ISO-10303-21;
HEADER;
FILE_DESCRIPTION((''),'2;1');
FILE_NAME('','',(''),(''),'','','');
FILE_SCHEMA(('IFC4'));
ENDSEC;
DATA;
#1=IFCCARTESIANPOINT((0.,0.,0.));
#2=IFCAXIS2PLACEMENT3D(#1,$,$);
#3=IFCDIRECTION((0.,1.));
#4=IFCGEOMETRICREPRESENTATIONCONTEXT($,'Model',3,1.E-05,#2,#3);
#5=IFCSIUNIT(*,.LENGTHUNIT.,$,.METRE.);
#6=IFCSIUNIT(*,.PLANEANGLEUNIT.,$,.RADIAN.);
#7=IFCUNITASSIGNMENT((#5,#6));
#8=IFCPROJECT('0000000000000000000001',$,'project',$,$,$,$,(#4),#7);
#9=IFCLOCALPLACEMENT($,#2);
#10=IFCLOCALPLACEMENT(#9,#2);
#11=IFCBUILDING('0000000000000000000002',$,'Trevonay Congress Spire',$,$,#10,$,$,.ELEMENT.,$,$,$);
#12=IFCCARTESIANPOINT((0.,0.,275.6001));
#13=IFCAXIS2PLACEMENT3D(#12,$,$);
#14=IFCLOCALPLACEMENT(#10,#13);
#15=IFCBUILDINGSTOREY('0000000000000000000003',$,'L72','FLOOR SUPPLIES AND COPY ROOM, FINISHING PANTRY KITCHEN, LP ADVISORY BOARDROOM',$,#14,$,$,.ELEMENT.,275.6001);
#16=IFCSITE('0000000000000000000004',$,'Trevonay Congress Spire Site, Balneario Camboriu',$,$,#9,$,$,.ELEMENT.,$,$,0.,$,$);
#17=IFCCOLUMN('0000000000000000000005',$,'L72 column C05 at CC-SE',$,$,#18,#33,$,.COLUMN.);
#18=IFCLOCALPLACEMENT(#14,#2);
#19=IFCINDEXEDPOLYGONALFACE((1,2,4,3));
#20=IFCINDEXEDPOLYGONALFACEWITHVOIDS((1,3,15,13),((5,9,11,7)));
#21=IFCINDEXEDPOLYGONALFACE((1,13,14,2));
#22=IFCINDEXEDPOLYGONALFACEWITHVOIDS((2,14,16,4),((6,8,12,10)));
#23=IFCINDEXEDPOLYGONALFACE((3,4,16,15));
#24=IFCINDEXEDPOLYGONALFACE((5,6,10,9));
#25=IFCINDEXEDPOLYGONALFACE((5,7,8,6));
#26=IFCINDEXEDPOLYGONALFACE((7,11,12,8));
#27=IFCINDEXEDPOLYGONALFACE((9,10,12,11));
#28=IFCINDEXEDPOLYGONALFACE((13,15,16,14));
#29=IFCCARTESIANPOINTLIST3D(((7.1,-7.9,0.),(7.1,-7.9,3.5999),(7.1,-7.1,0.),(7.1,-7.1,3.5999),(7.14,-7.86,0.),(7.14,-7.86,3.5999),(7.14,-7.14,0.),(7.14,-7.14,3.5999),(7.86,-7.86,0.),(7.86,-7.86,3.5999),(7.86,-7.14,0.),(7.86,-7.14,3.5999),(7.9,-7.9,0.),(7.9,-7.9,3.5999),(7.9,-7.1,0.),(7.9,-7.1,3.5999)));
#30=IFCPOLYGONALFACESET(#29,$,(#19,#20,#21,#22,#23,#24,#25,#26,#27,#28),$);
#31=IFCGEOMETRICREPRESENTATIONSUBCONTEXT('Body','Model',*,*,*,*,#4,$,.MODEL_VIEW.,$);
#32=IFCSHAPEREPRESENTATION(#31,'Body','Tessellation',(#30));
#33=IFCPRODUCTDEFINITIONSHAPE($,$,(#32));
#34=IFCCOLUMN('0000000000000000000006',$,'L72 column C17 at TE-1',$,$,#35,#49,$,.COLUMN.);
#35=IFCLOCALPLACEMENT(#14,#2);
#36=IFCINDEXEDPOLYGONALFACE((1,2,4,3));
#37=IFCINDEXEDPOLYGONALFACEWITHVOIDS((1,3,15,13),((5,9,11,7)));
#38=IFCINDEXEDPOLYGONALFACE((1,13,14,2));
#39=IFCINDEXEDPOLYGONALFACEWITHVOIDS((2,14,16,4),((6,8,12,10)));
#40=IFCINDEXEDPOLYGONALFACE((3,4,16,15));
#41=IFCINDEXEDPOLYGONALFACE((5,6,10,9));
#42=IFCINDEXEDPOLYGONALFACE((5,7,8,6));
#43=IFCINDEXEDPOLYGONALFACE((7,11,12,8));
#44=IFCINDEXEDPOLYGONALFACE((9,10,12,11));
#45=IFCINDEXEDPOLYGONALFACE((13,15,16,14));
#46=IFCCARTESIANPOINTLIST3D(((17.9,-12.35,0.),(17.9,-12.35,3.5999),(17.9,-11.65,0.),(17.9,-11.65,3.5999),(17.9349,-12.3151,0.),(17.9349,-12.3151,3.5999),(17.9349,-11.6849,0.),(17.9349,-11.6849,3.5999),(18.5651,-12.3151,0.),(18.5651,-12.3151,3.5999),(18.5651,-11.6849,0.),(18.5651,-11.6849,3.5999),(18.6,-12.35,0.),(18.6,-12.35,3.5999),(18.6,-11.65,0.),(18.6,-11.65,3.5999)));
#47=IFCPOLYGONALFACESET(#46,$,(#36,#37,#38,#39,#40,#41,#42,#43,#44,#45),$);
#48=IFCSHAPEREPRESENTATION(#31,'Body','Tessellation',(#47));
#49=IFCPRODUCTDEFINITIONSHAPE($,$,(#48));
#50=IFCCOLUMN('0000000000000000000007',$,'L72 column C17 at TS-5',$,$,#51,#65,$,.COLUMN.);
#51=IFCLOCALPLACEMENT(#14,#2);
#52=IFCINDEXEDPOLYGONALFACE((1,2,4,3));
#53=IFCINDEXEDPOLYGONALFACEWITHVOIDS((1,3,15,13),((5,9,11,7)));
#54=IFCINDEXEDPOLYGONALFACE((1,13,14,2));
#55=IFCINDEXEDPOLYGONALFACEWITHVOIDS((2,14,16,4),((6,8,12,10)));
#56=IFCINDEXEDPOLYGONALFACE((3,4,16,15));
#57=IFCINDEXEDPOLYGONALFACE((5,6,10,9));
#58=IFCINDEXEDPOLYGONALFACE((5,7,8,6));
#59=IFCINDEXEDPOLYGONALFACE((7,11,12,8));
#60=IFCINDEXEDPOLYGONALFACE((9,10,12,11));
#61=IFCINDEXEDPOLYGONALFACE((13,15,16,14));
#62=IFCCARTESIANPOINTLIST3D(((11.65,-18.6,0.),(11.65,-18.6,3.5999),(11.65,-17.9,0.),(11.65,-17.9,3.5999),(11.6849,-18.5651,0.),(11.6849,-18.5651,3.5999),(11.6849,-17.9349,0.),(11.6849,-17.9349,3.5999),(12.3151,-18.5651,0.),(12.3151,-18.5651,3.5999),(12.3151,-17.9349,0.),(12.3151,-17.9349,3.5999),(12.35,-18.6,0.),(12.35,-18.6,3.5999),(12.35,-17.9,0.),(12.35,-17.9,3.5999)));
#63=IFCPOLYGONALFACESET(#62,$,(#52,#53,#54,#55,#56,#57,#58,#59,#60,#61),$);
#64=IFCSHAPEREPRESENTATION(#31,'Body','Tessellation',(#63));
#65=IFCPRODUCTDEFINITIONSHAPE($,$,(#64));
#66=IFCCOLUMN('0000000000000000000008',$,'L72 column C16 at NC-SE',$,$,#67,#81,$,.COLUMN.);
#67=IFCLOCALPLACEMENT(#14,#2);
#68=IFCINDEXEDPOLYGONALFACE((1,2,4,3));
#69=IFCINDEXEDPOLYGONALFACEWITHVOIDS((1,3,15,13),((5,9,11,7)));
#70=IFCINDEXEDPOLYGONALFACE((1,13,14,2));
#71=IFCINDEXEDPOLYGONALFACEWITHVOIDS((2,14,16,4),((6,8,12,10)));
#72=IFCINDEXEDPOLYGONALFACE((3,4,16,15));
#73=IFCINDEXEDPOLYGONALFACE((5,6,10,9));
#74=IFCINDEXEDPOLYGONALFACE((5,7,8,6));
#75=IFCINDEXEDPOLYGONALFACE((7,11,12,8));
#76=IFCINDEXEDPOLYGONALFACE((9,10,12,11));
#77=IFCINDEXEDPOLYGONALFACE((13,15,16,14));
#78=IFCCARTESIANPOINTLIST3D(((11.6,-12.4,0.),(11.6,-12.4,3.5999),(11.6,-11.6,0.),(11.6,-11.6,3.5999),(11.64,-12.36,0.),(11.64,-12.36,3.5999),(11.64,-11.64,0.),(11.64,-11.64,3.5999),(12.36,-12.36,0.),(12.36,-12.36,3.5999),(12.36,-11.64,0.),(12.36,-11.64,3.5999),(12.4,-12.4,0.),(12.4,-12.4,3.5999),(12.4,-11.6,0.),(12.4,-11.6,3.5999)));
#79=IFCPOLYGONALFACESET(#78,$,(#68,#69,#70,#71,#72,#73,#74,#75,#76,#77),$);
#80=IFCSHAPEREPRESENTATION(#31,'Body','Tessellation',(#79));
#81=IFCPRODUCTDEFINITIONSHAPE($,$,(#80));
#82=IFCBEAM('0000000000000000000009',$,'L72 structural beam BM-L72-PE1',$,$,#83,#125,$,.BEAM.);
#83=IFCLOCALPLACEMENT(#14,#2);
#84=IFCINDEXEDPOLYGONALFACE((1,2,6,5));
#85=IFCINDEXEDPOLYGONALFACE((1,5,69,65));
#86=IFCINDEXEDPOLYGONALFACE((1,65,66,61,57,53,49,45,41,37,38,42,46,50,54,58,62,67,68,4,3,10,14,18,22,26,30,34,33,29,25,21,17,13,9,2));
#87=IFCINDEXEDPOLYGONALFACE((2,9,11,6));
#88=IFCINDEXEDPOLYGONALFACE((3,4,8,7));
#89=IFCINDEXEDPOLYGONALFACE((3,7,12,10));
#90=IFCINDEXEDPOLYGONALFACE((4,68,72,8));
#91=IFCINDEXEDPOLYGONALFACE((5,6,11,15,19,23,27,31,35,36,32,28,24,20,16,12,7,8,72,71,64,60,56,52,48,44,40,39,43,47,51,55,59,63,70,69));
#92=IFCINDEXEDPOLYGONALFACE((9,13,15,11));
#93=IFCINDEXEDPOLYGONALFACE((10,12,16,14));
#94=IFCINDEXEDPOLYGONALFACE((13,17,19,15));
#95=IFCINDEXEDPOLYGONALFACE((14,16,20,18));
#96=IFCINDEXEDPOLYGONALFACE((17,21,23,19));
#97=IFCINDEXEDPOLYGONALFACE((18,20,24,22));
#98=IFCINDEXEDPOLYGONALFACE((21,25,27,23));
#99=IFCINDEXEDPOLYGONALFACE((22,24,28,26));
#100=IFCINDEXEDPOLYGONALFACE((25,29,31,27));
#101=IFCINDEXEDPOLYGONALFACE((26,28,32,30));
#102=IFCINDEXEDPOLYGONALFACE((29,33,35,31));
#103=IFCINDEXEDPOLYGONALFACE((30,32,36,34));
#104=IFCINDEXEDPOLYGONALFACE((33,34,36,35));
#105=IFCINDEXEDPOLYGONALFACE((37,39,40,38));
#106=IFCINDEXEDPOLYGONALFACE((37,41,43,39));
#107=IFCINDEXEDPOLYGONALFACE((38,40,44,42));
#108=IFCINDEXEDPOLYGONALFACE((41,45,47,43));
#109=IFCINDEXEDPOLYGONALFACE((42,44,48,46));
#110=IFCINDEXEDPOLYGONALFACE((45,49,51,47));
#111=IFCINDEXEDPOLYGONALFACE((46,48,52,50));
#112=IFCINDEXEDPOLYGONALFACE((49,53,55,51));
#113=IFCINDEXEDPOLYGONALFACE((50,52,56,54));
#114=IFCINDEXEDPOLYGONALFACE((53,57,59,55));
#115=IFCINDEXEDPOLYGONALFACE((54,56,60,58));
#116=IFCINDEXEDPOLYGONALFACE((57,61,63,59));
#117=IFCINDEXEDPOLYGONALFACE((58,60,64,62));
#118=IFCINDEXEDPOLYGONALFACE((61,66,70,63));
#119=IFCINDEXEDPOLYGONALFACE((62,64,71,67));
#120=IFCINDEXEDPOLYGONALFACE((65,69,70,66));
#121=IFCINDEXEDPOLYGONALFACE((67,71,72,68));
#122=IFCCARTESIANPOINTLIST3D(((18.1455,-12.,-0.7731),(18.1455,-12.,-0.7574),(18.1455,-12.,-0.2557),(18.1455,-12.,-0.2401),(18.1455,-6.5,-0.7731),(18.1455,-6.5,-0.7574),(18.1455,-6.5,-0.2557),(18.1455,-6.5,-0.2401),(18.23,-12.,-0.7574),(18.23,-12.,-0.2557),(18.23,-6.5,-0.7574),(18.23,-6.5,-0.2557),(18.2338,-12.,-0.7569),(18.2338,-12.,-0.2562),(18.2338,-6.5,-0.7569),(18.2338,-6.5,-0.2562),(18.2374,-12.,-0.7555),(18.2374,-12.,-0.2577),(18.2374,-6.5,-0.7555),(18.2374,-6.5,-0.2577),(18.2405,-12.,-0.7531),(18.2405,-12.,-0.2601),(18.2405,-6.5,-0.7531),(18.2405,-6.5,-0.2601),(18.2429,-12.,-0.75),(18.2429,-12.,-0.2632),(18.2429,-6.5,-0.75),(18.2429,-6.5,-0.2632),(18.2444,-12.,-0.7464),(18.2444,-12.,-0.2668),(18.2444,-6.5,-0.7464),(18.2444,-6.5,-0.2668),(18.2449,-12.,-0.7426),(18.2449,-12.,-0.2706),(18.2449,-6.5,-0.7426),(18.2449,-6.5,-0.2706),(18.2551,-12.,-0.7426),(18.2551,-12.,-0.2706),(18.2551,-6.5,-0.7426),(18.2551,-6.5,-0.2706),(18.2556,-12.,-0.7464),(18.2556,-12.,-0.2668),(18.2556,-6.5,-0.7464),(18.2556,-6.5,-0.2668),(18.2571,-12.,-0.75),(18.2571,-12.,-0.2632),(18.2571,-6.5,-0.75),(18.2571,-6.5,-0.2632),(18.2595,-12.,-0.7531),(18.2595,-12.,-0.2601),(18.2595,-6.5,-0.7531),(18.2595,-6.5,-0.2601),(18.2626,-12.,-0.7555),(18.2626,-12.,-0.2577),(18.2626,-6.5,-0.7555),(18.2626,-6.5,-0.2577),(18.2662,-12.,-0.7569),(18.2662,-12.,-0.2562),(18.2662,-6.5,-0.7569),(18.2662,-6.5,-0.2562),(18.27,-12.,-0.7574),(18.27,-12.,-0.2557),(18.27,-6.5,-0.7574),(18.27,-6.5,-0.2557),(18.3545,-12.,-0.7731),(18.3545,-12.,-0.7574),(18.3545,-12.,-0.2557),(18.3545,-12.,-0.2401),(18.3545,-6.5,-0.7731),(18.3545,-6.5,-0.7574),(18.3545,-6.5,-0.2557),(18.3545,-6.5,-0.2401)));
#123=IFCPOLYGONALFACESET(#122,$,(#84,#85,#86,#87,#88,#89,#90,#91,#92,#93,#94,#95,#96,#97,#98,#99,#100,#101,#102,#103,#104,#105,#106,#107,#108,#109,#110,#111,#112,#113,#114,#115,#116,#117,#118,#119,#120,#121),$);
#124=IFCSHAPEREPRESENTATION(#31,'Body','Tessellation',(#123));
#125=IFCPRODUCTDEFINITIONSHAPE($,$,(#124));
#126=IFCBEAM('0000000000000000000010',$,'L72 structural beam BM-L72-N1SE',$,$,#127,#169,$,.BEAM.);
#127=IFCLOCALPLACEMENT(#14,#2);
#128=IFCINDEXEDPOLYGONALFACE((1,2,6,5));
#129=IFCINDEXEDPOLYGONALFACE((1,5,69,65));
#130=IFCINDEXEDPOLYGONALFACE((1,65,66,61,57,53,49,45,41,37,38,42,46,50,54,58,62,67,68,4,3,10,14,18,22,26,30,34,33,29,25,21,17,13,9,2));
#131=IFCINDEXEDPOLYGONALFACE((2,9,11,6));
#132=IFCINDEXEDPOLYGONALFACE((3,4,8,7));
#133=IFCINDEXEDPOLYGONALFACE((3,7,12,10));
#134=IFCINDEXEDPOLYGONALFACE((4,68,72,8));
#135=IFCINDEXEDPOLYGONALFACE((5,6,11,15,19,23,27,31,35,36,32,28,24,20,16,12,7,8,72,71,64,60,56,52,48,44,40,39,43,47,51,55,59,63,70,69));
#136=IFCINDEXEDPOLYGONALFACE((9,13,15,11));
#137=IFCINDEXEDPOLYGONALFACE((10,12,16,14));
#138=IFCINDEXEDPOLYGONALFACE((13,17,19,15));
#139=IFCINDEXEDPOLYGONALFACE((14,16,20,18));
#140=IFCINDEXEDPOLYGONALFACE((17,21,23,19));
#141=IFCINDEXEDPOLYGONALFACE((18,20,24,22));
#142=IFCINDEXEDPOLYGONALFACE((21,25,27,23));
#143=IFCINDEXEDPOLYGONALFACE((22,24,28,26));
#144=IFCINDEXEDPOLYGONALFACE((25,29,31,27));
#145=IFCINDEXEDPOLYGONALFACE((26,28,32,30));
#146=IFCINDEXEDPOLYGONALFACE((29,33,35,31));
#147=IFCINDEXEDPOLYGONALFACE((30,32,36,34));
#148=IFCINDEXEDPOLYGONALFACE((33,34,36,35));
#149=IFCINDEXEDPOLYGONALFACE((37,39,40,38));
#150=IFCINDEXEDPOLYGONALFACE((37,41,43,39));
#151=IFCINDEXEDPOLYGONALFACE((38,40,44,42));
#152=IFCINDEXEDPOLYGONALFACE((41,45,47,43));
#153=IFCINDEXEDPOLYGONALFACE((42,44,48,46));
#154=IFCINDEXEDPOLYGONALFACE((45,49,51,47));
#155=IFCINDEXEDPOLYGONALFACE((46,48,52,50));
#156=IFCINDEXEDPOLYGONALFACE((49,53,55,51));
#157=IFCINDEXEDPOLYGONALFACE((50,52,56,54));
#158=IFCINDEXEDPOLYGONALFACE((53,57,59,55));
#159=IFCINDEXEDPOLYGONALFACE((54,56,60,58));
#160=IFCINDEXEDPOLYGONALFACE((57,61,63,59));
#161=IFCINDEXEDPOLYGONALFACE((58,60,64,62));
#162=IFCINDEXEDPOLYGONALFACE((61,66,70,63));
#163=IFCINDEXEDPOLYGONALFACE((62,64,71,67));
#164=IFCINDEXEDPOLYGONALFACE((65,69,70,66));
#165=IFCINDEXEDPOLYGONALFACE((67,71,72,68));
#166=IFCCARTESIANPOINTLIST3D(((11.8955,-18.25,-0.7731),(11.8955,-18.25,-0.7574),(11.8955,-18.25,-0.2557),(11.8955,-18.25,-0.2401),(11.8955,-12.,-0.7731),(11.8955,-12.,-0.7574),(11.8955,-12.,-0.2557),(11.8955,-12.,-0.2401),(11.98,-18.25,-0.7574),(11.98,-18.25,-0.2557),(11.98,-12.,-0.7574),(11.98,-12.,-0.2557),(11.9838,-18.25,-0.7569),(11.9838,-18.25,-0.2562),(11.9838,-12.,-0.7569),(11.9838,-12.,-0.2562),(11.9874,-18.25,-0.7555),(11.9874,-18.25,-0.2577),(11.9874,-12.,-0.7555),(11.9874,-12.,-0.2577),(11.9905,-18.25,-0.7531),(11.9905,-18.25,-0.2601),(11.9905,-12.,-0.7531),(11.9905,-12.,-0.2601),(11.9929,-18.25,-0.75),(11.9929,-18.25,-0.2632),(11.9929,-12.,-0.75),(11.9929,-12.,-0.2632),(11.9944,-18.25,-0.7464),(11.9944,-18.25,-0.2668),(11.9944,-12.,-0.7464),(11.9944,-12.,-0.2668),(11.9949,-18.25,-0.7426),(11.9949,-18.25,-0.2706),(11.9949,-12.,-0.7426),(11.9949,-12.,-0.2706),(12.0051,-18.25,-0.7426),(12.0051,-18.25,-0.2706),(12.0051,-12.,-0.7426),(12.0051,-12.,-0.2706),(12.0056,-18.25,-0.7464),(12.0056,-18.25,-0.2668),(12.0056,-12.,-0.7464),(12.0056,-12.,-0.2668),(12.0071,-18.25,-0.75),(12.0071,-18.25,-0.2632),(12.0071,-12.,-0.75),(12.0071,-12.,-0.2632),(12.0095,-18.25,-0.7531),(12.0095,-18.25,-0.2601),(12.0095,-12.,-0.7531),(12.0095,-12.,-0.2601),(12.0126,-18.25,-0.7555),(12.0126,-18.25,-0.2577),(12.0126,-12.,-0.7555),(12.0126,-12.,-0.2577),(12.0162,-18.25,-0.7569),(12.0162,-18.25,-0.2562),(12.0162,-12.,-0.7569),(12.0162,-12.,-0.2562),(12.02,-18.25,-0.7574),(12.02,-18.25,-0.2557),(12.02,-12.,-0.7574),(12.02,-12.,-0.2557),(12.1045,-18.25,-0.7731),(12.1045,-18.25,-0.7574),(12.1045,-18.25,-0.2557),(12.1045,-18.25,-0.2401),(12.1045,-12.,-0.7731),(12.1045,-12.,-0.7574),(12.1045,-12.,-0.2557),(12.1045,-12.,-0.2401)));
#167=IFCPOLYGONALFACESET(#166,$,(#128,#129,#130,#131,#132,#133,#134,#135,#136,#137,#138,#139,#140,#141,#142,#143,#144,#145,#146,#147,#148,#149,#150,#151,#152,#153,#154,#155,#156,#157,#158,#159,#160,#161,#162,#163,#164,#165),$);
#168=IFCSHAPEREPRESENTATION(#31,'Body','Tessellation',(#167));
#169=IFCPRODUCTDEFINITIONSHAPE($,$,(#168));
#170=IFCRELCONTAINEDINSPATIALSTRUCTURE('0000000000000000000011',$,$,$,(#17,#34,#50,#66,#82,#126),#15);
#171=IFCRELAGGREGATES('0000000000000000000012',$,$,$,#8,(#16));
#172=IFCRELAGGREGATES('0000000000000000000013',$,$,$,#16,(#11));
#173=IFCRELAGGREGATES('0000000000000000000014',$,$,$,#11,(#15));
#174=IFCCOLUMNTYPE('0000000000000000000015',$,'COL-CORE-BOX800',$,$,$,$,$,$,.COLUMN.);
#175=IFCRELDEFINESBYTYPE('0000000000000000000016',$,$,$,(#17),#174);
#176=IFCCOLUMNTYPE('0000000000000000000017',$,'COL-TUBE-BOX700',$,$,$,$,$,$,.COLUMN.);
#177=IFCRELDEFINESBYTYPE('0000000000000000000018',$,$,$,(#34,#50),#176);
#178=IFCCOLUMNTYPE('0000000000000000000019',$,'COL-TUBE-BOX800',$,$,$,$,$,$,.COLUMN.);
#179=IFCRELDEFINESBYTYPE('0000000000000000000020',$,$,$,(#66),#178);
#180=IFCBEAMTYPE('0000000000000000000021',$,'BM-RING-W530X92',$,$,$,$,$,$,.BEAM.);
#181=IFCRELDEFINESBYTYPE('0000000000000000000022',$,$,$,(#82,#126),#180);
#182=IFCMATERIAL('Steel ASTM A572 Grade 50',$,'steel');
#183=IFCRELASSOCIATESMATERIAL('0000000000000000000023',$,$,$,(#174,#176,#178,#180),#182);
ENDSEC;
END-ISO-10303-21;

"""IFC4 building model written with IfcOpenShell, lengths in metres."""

from ifc_helpers import new_model, si_unit, direction, frame, origin, origin_2d, place, context, subcontext, project, spatial, hollow_rectangle, i_section, extrude, material, material_profile, profile_set, type_object, element, save


model = new_model("IFC4")

# Units and contexts
model_context = context("Model", 3, precision=1e-05, world=origin(), true_north=direction((0.0, 1.0)))
body_context = subcontext(model_context, "Body", "Model", "MODEL_VIEW")
ifc_project = project(units=[si_unit("LENGTHUNIT", "METRE"), si_unit("PLANEANGLEUNIT", "RADIAN")], contexts=[model_context])

# Site, building, storey
site_placement = place(None, origin())
site = spatial("IfcSite", under=ifc_project, at=site_placement, Name="Trevonay Congress Spire Site, Balneario Camboriu", CompositionType="ELEMENT", RefElevation=0.0)
building_placement = place(site_placement, origin())
building = spatial("IfcBuilding", under=site, at=building_placement, Name="Trevonay Congress Spire", CompositionType="ELEMENT")
storey_placement = place(building_placement, frame((0.0, 0.0, 275.6001)))
storey = spatial("IfcBuildingStorey", under=building, at=storey_placement, Name="L72", Description="FLOOR SUPPLIES AND COPY ROOM, FINISHING PANTRY KITCHEN, LP ADVISORY BOARDROOM", CompositionType="ELEMENT", Elevation=275.6001)

# Columns
ifc_material_1 = material(Name="Steel ASTM A572 Grade 50", Category="steel")
ifc_material_profile_1 = material_profile(ifc_material_1, hollow_rectangle(XDim=0.8, YDim=0.8, WallThickness=0.04, at=origin_2d()), Name="BOX 800x800x40")
ifc_profile_set_1 = profile_set([ifc_material_profile_1], Name="Steel ASTM A572 Grade 50")
column_type_1 = type_object("IfcColumnType", Name="COL-CORE-BOX800", PredefinedType="COLUMN", material=ifc_profile_set_1)
column_1_placement = place(storey_placement, frame((7.5, -7.5, 0.0), z_axis=(0.0, 0.0, 1.0), x_axis=(1.0, 0.0, 0.0)))
element("IfcColumn", 1, at=column_1_placement, inside=storey, type_object=column_type_1, Name="L72 column C05 at CC-SE", PredefinedType="COLUMN", context=body_context, shape_type="SweptSolid", body=[
    extrude(hollow_rectangle(XDim=0.8, YDim=0.8, WallThickness=0.04, at=origin_2d()), origin(), (0.0, 0.0, 1.0), 3.5999),
])
ifc_material_profile_2 = material_profile(ifc_material_1, hollow_rectangle(XDim=0.7, YDim=0.7, WallThickness=0.0349, at=origin_2d()), Name="BOX 700x700x35")
ifc_profile_set_2 = profile_set([ifc_material_profile_2], Name="Steel ASTM A572 Grade 50")
column_type_2 = type_object("IfcColumnType", Name="COL-TUBE-BOX700", PredefinedType="COLUMN", material=ifc_profile_set_2)
for number, where, z_axis, x_axis, name in (
    (2, (18.25, -12.0, 0.0), (0.0, 0.0, 1.0), (1.0, 0.0, 0.0), "L72 column C17 at TE-1"),
    (3, (12.0, -18.25, 0.0), (0.0, 0.0, 1.0), (1.0, 0.0, 0.0), "L72 column C17 at TS-5"),
):
    element("IfcColumn", number, at=place(storey_placement, frame(where, z_axis=z_axis, x_axis=x_axis)), inside=storey, type_object=column_type_2, Name=name, PredefinedType="COLUMN", context=body_context, shape_type="SweptSolid", body=[
        extrude(hollow_rectangle(XDim=0.7, YDim=0.7, WallThickness=0.0349, at=origin_2d()), origin(), (0.0, 0.0, 1.0), 3.5999),
    ])
ifc_material_profile_3 = material_profile(ifc_material_1, hollow_rectangle(XDim=0.8, YDim=0.8, WallThickness=0.04, at=origin_2d()), Name="BOX 800x800x40")
ifc_profile_set_3 = profile_set([ifc_material_profile_3], Name="Steel ASTM A572 Grade 50")
column_type_3 = type_object("IfcColumnType", Name="COL-TUBE-BOX800", PredefinedType="COLUMN", material=ifc_profile_set_3)
column_2_placement = place(storey_placement, frame((12.0, -12.0, 0.0), z_axis=(0.0, 0.0, 1.0), x_axis=(1.0, 0.0, 0.0)))
element("IfcColumn", 4, at=column_2_placement, inside=storey, type_object=column_type_3, Name="L72 column C16 at NC-SE", PredefinedType="COLUMN", context=body_context, shape_type="SweptSolid", body=[
    extrude(hollow_rectangle(XDim=0.8, YDim=0.8, WallThickness=0.04, at=origin_2d()), origin(), (0.0, 0.0, 1.0), 3.5999),
])

# Beams
ifc_material_profile_4 = material_profile(ifc_material_1, i_section(OverallWidth=0.209, OverallDepth=0.533, WebThickness=0.0103, FlangeThickness=0.0156, FilletRadius=0.0149, at=origin_2d()), Name="W530x92")
ifc_profile_set_4 = profile_set([ifc_material_profile_4], Name="Steel ASTM A572 Grade 50")
beam_type = type_object("IfcBeamType", Name="BM-RING-W530X92", PredefinedType="BEAM", material=ifc_profile_set_4)
beam_placement = place(storey_placement, frame((18.25, -12.0, -0.5066), z_axis=(0.0, 1.0, 0.0), x_axis=(-1.0, 0.0, 0.0)))
element("IfcBeam", 5, at=beam_placement, inside=storey, type_object=beam_type, Name="L72 structural beam BM-L72-PE1", PredefinedType="BEAM", context=body_context, shape_type="SweptSolid", body=[
    extrude(i_section(OverallWidth=0.209, OverallDepth=0.533, WebThickness=0.0103, FlangeThickness=0.0156, FilletRadius=0.0149, at=origin_2d()), origin(), (0.0, 0.0, 1.0), 5.5),
])
for number, where, z_axis, x_axis, name in (
    (6, (12.0, -18.25, -0.5066), (0.0, 1.0, 0.0), (-1.0, 0.0, 0.0), "L72 structural beam BM-L72-N1SE"),
):
    element("IfcBeam", number, at=place(storey_placement, frame(where, z_axis=z_axis, x_axis=x_axis)), inside=storey, type_object=beam_type, Name=name, PredefinedType="BEAM", context=body_context, shape_type="SweptSolid", body=[
        extrude(i_section(OverallWidth=0.209, OverallDepth=0.533, WebThickness=0.0103, FlangeThickness=0.0156, FilletRadius=0.0149, at=origin_2d()), origin(), (0.0, 0.0, 1.0), 6.25),
    ])

save(model, "model.ifc")
